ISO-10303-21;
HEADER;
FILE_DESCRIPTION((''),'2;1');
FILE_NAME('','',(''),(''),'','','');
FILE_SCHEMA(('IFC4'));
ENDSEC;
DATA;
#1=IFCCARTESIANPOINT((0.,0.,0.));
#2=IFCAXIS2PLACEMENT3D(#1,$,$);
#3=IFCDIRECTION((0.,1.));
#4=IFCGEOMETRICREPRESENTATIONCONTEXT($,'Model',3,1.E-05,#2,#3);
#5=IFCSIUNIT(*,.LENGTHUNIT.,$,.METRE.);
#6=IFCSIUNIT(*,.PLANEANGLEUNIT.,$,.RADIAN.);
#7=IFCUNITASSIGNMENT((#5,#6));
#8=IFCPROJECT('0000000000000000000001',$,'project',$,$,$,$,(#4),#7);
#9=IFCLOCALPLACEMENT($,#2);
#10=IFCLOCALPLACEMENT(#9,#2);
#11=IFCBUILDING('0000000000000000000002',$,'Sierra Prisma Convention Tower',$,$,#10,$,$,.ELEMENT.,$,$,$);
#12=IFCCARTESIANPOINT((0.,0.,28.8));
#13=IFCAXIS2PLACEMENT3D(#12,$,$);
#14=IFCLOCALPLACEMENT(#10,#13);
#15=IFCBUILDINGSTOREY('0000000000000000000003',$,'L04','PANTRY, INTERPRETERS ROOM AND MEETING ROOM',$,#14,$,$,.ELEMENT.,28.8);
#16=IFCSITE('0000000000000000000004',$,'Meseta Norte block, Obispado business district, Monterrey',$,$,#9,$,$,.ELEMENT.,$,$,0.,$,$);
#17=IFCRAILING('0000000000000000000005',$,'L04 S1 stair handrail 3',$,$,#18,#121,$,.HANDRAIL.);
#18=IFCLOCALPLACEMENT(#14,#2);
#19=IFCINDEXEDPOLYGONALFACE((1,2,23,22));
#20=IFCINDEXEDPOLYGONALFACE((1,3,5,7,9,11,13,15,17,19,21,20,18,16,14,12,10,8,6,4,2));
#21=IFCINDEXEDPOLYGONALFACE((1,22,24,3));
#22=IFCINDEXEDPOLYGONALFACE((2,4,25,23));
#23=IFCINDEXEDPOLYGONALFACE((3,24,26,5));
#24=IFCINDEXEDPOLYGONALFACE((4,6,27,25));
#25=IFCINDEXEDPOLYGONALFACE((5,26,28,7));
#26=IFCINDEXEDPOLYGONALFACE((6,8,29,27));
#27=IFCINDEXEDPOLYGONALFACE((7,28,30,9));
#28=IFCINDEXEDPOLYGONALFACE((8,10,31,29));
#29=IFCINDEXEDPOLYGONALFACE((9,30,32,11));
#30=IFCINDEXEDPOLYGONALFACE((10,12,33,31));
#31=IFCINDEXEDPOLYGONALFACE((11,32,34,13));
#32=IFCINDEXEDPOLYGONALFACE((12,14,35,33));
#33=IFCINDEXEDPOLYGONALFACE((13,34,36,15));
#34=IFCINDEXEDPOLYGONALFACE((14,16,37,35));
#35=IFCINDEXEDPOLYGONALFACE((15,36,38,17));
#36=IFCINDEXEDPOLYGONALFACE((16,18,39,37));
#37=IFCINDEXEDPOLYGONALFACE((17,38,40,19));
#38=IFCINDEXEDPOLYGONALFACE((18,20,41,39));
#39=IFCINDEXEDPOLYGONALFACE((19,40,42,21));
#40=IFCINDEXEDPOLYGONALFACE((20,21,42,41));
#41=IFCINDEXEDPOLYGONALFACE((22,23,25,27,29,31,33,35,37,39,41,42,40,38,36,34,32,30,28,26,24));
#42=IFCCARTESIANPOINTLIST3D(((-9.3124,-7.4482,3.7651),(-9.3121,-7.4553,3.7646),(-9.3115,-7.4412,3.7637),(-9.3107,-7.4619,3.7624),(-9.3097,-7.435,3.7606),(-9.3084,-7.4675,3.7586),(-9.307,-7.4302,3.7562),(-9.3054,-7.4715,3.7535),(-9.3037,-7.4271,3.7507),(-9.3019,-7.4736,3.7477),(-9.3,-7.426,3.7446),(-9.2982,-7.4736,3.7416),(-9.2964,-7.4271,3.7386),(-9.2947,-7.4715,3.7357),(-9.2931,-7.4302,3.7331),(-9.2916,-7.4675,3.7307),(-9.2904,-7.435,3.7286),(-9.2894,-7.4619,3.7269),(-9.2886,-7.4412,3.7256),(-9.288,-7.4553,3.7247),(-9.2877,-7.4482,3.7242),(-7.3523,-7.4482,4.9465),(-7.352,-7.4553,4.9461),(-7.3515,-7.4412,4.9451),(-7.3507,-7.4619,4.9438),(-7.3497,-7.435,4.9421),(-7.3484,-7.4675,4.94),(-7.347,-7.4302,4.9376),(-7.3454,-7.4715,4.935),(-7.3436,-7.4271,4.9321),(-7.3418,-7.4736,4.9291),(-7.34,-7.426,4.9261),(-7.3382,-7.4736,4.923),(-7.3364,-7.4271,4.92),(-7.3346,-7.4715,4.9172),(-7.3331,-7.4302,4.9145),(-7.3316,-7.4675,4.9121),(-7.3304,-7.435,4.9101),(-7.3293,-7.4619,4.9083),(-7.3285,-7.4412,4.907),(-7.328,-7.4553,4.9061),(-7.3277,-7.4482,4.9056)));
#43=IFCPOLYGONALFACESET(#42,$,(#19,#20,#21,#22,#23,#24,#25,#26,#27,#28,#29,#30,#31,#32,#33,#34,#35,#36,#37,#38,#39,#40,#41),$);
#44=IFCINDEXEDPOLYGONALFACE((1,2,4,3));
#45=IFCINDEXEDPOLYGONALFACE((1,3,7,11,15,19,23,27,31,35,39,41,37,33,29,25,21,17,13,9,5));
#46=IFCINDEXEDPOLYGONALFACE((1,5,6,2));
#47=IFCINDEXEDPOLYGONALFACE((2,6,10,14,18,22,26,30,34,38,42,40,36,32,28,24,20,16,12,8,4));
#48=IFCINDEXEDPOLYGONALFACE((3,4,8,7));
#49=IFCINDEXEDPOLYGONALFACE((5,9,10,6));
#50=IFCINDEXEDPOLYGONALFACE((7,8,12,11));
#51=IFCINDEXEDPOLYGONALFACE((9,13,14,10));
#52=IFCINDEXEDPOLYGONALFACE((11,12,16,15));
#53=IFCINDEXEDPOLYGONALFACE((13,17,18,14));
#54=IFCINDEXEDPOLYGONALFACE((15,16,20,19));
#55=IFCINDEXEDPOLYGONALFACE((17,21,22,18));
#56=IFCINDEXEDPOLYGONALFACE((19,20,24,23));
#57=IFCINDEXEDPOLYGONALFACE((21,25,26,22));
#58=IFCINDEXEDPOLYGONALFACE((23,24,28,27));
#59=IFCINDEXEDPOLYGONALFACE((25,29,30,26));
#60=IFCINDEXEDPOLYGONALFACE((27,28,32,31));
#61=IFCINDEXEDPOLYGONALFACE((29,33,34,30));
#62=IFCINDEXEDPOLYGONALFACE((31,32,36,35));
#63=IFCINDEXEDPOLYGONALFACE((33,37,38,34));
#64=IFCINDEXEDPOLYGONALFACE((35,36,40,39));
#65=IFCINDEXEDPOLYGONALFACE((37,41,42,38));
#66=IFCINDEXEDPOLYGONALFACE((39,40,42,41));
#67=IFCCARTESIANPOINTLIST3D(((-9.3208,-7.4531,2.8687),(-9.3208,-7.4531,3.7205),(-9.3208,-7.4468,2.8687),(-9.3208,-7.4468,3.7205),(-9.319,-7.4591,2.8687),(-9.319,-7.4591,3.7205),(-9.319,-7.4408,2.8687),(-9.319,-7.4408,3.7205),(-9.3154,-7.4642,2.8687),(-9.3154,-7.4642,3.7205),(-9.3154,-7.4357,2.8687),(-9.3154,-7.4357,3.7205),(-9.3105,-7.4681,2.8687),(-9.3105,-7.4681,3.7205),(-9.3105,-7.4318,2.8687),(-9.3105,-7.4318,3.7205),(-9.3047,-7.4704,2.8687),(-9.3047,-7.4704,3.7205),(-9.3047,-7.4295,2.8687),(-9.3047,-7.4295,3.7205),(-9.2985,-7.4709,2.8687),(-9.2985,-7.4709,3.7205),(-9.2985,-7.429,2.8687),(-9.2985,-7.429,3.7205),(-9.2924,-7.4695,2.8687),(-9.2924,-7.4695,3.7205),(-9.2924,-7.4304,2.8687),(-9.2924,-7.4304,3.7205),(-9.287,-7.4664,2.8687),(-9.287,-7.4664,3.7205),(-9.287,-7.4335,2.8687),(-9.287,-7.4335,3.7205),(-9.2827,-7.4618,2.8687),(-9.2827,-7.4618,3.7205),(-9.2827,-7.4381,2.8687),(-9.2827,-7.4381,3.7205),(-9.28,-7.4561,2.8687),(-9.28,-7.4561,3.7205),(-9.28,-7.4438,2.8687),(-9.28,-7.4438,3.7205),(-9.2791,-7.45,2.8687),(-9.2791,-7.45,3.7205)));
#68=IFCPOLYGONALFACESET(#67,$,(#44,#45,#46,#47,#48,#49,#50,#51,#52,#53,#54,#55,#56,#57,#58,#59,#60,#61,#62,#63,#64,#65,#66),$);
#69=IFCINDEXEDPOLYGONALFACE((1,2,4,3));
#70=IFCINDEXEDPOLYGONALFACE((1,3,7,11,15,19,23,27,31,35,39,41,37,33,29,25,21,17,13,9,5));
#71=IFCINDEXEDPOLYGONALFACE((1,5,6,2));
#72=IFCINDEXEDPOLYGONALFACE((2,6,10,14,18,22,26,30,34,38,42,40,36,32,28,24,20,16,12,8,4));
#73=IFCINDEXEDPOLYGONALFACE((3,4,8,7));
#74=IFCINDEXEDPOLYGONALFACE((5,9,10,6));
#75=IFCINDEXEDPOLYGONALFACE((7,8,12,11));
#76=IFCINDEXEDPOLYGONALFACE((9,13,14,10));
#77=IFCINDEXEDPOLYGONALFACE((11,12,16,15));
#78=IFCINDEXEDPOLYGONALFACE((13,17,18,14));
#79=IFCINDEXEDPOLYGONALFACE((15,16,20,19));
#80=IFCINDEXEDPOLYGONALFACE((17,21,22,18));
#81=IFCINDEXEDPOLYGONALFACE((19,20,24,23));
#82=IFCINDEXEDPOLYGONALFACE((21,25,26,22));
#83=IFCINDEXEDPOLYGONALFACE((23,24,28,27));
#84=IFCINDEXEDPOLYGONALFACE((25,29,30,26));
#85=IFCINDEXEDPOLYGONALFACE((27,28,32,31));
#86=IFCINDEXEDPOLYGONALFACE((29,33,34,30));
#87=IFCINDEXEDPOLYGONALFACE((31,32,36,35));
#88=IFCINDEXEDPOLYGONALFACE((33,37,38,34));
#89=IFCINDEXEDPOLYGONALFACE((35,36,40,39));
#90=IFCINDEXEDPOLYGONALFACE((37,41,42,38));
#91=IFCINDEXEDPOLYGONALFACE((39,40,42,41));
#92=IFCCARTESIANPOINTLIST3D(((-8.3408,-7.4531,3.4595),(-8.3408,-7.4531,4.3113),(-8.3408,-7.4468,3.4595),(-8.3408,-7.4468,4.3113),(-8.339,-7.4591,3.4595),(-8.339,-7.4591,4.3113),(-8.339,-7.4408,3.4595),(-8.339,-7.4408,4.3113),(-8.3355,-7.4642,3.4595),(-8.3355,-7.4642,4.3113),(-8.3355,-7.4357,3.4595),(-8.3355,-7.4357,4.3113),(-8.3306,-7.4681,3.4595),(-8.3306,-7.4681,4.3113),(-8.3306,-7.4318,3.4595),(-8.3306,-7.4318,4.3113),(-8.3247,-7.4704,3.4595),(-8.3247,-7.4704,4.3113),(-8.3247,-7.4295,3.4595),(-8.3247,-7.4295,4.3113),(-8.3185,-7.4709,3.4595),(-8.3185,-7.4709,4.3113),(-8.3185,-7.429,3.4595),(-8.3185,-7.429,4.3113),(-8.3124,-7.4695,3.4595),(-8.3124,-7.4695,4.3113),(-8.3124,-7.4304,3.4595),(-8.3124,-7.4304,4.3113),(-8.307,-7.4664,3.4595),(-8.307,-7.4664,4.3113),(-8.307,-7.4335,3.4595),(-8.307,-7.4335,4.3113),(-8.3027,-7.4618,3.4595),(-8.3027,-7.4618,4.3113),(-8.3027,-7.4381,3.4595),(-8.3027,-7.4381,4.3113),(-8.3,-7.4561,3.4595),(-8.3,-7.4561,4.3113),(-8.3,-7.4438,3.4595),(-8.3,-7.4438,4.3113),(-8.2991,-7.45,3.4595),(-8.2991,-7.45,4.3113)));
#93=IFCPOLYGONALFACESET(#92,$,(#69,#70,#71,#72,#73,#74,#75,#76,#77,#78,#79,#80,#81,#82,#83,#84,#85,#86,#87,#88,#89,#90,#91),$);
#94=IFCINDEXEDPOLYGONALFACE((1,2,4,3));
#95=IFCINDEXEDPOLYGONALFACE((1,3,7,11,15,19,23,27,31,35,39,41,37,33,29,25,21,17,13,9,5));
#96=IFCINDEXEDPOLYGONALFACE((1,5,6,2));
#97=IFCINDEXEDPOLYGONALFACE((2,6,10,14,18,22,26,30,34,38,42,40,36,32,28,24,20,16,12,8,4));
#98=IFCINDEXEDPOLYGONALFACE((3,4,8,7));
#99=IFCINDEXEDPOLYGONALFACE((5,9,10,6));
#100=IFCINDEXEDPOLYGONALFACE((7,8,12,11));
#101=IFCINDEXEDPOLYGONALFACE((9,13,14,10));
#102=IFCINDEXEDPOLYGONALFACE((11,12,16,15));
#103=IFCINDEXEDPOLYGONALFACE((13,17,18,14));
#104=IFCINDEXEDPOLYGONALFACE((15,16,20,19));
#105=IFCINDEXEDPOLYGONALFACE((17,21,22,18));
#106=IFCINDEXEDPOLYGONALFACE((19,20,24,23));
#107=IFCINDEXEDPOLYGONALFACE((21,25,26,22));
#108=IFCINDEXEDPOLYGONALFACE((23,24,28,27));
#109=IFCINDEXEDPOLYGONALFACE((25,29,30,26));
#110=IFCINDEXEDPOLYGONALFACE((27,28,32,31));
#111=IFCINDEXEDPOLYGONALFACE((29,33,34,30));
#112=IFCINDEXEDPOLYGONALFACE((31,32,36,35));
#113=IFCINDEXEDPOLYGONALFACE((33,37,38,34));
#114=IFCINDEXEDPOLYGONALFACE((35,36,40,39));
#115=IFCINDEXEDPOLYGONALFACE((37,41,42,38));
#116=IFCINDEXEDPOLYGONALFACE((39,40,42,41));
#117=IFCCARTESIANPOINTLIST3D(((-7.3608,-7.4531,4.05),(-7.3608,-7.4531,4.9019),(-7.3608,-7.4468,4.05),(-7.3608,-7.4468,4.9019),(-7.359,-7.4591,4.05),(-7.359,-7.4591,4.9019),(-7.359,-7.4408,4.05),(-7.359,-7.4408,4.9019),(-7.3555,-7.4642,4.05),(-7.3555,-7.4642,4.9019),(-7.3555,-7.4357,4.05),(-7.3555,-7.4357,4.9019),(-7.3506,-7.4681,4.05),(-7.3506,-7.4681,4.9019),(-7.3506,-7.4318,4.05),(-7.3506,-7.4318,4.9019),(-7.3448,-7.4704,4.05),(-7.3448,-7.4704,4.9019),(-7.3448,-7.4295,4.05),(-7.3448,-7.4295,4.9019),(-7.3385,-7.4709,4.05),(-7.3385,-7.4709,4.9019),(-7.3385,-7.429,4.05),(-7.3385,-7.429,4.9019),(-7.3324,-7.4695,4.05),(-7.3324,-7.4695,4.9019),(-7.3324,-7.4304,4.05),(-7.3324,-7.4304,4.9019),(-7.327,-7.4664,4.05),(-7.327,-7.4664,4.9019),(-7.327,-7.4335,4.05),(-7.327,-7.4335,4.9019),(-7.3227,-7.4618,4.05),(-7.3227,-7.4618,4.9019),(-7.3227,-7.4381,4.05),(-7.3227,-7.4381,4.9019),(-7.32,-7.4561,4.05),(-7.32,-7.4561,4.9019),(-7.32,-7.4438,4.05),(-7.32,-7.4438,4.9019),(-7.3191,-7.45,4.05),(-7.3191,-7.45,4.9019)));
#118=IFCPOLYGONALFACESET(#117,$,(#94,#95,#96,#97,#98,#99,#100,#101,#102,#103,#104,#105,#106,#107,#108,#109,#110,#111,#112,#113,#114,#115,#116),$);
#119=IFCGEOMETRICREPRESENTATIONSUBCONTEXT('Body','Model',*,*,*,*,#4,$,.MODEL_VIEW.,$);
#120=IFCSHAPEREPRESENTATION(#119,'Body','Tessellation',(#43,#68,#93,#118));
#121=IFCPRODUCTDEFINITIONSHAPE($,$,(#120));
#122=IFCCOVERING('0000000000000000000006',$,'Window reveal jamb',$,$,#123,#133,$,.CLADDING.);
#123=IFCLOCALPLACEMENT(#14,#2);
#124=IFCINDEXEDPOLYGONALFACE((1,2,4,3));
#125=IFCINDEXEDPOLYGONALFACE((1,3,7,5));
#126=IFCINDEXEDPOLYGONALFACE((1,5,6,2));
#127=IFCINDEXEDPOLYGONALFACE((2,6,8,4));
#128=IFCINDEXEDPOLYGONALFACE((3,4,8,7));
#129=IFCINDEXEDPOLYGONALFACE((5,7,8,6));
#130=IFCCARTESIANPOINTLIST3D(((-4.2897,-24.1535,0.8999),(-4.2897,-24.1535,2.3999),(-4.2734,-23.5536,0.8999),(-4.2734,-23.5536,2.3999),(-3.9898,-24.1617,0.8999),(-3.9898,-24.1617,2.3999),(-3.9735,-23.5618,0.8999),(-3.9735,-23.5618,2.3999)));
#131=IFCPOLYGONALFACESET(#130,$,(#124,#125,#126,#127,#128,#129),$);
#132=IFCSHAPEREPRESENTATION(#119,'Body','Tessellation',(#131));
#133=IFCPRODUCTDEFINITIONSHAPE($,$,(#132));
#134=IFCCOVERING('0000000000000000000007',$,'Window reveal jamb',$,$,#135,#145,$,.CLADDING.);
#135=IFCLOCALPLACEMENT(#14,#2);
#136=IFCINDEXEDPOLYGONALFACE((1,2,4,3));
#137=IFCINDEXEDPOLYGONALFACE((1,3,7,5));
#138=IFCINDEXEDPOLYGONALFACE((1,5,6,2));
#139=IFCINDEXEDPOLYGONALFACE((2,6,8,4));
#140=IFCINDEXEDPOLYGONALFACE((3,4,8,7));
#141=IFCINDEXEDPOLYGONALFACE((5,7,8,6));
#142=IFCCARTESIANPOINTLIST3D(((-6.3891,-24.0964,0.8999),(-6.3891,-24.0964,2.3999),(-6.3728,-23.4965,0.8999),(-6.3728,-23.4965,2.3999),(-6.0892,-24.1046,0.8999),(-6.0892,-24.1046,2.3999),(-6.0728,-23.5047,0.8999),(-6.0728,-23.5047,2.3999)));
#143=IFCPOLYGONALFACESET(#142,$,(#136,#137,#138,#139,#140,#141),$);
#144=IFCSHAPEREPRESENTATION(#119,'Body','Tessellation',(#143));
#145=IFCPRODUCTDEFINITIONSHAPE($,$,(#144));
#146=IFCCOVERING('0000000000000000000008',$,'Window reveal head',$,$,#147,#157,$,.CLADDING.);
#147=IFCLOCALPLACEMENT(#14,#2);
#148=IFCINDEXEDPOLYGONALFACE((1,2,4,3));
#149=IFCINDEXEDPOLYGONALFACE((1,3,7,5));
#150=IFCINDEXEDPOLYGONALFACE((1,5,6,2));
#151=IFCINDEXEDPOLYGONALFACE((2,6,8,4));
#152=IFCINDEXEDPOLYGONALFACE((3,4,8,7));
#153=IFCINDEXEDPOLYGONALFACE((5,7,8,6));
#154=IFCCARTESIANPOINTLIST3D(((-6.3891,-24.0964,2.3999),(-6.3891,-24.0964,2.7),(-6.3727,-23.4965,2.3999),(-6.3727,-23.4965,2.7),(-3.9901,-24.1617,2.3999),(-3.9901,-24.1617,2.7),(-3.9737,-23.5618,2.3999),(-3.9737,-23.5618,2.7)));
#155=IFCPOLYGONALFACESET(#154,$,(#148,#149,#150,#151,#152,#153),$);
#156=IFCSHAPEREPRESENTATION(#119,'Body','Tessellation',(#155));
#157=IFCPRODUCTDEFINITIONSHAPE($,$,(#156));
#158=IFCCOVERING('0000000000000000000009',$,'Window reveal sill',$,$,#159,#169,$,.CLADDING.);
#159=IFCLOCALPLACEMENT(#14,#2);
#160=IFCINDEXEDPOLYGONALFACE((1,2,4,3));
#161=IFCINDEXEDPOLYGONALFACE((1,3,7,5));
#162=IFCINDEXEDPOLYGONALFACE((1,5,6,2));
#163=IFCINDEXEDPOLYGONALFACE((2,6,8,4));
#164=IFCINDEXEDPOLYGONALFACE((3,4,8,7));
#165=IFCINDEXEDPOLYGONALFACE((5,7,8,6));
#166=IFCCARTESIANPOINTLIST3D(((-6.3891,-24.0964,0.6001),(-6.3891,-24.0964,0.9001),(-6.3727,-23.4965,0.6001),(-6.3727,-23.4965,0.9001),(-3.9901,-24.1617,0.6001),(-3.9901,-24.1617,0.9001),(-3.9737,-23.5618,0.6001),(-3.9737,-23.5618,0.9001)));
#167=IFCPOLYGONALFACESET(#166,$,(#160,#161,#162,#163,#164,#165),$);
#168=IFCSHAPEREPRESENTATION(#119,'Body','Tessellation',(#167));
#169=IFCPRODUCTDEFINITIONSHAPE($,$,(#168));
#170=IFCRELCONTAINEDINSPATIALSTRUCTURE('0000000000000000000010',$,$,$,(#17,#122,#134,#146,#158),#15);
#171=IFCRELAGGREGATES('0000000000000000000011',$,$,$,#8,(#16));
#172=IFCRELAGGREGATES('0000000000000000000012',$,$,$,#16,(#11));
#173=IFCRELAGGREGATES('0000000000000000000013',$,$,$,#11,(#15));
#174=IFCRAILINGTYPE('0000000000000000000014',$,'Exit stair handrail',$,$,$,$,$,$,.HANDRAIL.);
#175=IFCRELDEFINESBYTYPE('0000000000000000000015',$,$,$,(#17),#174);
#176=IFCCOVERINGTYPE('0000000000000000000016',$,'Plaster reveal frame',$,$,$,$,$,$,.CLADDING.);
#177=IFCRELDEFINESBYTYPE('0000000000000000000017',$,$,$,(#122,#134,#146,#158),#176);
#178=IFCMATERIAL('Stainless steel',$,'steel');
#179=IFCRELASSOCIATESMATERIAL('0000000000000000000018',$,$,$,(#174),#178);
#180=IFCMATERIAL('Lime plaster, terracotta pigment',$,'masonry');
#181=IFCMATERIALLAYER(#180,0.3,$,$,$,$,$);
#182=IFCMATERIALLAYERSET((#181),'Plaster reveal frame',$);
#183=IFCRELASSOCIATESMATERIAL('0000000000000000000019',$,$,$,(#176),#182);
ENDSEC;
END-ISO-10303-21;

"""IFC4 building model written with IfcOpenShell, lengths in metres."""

from ifc_helpers import new_model, si_unit, direction, frame, origin, origin_2d, place, context, subcontext, project, spatial, rectangle, circle, extrude, material, layer, layer_set, type_object, element, save


model = new_model("IFC4")

# Units and contexts
model_context = context("Model", 3, precision=1e-05, world=origin(), true_north=direction((0.0, 1.0)))
body_context = subcontext(model_context, "Body", "Model", "MODEL_VIEW")
ifc_project = project(units=[si_unit("LENGTHUNIT", "METRE"), si_unit("PLANEANGLEUNIT", "RADIAN")], contexts=[model_context])

# Site, building, storey
site_placement = place(None, origin())
site = spatial("IfcSite", under=ifc_project, at=site_placement, Name="Meseta Norte block, Obispado business district, Monterrey", CompositionType="ELEMENT", RefElevation=0.0)
building_placement = place(site_placement, origin())
building = spatial("IfcBuilding", under=site, at=building_placement, Name="Sierra Prisma Convention Tower", CompositionType="ELEMENT")
storey_placement = place(building_placement, frame((0.0, 0.0, 28.8)))
storey = spatial("IfcBuildingStorey", under=building, at=storey_placement, Name="L04", Description="PANTRY, INTERPRETERS ROOM AND MEETING ROOM", CompositionType="ELEMENT", Elevation=28.8)

# Railing
ifc_material_1 = material(Name="Stainless steel", Category="steel")
railing_type_1 = type_object("IfcRailingType", Name="Exit stair handrail", PredefinedType="HANDRAIL", material=ifc_material_1)
railing_1_placement = place(storey_placement, frame((-9.3, -7.45, 2.8687)))
element("IfcRailing", 1, at=railing_1_placement, inside=storey, type_object=railing_type_1, Name="L04 S1 stair handrail 3", PredefinedType="HANDRAIL", context=body_context, shape_type="SweptSolid", body=[
    extrude(circle(Radius=0.0239, at=origin_2d()), frame((0.0, 0.0, 0.876), z_axis=(0.856446, 0.0, 0.516236), x_axis=(0.0, 1.0, 0.0)), (0.0, 0.0, 1.0), 2.2886),
    extrude(circle(Radius=0.021, at=origin_2d()), origin(), (0.0, 0.0, 1.0), 0.8518),
    extrude(circle(Radius=0.021, at=origin_2d()), frame((0.98, 0.0, 0.5908)), (0.0, 0.0, 1.0), 0.8518),
    extrude(circle(Radius=0.021, at=origin_2d()), frame((1.96, 0.0, 1.1814)), (0.0, 0.0, 1.0), 0.8518),
])

# Coverings
ifc_material_2 = material(Name="Lime plaster, terracotta pigment", Category="masonry")
ifc_layer_1 = layer(ifc_material_2, 0.3)
ifc_layer_set_1 = layer_set([ifc_layer_1], Name="Plaster reveal frame")
covering_type = type_object("IfcCoveringType", Name="Plaster reveal frame", PredefinedType="CLADDING", material=ifc_layer_set_1)
for number, where, z_axis, x_axis, name in (
    (2, (-4.1316, -23.8577, 0.8999), (0.0, 0.0, 1.0), (-0.99963, 0.027203, 0.0), "Window reveal jamb"),
    (3, (-6.231, -23.8005, 0.8999), (0.0, 0.0, 1.0), (-0.99963, 0.027203, 0.0), "Window reveal jamb"),
):
    element("IfcCovering", number, at=place(storey_placement, frame(where, z_axis=z_axis, x_axis=x_axis)), inside=storey, type_object=covering_type, Name=name, PredefinedType="CLADDING", context=body_context, shape_type="SweptSolid", body=[
        extrude(rectangle(XDim=0.3, YDim=0.6001, at=origin_2d()), origin(), (0.0, 0.0, 1.0), 1.5),
    ])
for number, where, z_axis, x_axis, name in (
    (4, (-5.1814, -23.8291, 2.3999), (0.0, 0.0, 1.0), (-0.99963, 0.027203, 0.0), "Window reveal head"),
    (5, (-5.1814, -23.8291, 0.6001), (0.0, 0.0, 1.0), (-0.99963, 0.027203, 0.0), "Window reveal sill"),
):
    element("IfcCovering", number, at=place(storey_placement, frame(where, z_axis=z_axis, x_axis=x_axis)), inside=storey, type_object=covering_type, Name=name, PredefinedType="CLADDING", context=body_context, shape_type="SweptSolid", body=[
        extrude(rectangle(XDim=2.3999, YDim=0.6001, at=origin_2d()), origin(), (0.0, 0.0, 1.0), 0.3),
    ])

save(model, "model.ifc")
